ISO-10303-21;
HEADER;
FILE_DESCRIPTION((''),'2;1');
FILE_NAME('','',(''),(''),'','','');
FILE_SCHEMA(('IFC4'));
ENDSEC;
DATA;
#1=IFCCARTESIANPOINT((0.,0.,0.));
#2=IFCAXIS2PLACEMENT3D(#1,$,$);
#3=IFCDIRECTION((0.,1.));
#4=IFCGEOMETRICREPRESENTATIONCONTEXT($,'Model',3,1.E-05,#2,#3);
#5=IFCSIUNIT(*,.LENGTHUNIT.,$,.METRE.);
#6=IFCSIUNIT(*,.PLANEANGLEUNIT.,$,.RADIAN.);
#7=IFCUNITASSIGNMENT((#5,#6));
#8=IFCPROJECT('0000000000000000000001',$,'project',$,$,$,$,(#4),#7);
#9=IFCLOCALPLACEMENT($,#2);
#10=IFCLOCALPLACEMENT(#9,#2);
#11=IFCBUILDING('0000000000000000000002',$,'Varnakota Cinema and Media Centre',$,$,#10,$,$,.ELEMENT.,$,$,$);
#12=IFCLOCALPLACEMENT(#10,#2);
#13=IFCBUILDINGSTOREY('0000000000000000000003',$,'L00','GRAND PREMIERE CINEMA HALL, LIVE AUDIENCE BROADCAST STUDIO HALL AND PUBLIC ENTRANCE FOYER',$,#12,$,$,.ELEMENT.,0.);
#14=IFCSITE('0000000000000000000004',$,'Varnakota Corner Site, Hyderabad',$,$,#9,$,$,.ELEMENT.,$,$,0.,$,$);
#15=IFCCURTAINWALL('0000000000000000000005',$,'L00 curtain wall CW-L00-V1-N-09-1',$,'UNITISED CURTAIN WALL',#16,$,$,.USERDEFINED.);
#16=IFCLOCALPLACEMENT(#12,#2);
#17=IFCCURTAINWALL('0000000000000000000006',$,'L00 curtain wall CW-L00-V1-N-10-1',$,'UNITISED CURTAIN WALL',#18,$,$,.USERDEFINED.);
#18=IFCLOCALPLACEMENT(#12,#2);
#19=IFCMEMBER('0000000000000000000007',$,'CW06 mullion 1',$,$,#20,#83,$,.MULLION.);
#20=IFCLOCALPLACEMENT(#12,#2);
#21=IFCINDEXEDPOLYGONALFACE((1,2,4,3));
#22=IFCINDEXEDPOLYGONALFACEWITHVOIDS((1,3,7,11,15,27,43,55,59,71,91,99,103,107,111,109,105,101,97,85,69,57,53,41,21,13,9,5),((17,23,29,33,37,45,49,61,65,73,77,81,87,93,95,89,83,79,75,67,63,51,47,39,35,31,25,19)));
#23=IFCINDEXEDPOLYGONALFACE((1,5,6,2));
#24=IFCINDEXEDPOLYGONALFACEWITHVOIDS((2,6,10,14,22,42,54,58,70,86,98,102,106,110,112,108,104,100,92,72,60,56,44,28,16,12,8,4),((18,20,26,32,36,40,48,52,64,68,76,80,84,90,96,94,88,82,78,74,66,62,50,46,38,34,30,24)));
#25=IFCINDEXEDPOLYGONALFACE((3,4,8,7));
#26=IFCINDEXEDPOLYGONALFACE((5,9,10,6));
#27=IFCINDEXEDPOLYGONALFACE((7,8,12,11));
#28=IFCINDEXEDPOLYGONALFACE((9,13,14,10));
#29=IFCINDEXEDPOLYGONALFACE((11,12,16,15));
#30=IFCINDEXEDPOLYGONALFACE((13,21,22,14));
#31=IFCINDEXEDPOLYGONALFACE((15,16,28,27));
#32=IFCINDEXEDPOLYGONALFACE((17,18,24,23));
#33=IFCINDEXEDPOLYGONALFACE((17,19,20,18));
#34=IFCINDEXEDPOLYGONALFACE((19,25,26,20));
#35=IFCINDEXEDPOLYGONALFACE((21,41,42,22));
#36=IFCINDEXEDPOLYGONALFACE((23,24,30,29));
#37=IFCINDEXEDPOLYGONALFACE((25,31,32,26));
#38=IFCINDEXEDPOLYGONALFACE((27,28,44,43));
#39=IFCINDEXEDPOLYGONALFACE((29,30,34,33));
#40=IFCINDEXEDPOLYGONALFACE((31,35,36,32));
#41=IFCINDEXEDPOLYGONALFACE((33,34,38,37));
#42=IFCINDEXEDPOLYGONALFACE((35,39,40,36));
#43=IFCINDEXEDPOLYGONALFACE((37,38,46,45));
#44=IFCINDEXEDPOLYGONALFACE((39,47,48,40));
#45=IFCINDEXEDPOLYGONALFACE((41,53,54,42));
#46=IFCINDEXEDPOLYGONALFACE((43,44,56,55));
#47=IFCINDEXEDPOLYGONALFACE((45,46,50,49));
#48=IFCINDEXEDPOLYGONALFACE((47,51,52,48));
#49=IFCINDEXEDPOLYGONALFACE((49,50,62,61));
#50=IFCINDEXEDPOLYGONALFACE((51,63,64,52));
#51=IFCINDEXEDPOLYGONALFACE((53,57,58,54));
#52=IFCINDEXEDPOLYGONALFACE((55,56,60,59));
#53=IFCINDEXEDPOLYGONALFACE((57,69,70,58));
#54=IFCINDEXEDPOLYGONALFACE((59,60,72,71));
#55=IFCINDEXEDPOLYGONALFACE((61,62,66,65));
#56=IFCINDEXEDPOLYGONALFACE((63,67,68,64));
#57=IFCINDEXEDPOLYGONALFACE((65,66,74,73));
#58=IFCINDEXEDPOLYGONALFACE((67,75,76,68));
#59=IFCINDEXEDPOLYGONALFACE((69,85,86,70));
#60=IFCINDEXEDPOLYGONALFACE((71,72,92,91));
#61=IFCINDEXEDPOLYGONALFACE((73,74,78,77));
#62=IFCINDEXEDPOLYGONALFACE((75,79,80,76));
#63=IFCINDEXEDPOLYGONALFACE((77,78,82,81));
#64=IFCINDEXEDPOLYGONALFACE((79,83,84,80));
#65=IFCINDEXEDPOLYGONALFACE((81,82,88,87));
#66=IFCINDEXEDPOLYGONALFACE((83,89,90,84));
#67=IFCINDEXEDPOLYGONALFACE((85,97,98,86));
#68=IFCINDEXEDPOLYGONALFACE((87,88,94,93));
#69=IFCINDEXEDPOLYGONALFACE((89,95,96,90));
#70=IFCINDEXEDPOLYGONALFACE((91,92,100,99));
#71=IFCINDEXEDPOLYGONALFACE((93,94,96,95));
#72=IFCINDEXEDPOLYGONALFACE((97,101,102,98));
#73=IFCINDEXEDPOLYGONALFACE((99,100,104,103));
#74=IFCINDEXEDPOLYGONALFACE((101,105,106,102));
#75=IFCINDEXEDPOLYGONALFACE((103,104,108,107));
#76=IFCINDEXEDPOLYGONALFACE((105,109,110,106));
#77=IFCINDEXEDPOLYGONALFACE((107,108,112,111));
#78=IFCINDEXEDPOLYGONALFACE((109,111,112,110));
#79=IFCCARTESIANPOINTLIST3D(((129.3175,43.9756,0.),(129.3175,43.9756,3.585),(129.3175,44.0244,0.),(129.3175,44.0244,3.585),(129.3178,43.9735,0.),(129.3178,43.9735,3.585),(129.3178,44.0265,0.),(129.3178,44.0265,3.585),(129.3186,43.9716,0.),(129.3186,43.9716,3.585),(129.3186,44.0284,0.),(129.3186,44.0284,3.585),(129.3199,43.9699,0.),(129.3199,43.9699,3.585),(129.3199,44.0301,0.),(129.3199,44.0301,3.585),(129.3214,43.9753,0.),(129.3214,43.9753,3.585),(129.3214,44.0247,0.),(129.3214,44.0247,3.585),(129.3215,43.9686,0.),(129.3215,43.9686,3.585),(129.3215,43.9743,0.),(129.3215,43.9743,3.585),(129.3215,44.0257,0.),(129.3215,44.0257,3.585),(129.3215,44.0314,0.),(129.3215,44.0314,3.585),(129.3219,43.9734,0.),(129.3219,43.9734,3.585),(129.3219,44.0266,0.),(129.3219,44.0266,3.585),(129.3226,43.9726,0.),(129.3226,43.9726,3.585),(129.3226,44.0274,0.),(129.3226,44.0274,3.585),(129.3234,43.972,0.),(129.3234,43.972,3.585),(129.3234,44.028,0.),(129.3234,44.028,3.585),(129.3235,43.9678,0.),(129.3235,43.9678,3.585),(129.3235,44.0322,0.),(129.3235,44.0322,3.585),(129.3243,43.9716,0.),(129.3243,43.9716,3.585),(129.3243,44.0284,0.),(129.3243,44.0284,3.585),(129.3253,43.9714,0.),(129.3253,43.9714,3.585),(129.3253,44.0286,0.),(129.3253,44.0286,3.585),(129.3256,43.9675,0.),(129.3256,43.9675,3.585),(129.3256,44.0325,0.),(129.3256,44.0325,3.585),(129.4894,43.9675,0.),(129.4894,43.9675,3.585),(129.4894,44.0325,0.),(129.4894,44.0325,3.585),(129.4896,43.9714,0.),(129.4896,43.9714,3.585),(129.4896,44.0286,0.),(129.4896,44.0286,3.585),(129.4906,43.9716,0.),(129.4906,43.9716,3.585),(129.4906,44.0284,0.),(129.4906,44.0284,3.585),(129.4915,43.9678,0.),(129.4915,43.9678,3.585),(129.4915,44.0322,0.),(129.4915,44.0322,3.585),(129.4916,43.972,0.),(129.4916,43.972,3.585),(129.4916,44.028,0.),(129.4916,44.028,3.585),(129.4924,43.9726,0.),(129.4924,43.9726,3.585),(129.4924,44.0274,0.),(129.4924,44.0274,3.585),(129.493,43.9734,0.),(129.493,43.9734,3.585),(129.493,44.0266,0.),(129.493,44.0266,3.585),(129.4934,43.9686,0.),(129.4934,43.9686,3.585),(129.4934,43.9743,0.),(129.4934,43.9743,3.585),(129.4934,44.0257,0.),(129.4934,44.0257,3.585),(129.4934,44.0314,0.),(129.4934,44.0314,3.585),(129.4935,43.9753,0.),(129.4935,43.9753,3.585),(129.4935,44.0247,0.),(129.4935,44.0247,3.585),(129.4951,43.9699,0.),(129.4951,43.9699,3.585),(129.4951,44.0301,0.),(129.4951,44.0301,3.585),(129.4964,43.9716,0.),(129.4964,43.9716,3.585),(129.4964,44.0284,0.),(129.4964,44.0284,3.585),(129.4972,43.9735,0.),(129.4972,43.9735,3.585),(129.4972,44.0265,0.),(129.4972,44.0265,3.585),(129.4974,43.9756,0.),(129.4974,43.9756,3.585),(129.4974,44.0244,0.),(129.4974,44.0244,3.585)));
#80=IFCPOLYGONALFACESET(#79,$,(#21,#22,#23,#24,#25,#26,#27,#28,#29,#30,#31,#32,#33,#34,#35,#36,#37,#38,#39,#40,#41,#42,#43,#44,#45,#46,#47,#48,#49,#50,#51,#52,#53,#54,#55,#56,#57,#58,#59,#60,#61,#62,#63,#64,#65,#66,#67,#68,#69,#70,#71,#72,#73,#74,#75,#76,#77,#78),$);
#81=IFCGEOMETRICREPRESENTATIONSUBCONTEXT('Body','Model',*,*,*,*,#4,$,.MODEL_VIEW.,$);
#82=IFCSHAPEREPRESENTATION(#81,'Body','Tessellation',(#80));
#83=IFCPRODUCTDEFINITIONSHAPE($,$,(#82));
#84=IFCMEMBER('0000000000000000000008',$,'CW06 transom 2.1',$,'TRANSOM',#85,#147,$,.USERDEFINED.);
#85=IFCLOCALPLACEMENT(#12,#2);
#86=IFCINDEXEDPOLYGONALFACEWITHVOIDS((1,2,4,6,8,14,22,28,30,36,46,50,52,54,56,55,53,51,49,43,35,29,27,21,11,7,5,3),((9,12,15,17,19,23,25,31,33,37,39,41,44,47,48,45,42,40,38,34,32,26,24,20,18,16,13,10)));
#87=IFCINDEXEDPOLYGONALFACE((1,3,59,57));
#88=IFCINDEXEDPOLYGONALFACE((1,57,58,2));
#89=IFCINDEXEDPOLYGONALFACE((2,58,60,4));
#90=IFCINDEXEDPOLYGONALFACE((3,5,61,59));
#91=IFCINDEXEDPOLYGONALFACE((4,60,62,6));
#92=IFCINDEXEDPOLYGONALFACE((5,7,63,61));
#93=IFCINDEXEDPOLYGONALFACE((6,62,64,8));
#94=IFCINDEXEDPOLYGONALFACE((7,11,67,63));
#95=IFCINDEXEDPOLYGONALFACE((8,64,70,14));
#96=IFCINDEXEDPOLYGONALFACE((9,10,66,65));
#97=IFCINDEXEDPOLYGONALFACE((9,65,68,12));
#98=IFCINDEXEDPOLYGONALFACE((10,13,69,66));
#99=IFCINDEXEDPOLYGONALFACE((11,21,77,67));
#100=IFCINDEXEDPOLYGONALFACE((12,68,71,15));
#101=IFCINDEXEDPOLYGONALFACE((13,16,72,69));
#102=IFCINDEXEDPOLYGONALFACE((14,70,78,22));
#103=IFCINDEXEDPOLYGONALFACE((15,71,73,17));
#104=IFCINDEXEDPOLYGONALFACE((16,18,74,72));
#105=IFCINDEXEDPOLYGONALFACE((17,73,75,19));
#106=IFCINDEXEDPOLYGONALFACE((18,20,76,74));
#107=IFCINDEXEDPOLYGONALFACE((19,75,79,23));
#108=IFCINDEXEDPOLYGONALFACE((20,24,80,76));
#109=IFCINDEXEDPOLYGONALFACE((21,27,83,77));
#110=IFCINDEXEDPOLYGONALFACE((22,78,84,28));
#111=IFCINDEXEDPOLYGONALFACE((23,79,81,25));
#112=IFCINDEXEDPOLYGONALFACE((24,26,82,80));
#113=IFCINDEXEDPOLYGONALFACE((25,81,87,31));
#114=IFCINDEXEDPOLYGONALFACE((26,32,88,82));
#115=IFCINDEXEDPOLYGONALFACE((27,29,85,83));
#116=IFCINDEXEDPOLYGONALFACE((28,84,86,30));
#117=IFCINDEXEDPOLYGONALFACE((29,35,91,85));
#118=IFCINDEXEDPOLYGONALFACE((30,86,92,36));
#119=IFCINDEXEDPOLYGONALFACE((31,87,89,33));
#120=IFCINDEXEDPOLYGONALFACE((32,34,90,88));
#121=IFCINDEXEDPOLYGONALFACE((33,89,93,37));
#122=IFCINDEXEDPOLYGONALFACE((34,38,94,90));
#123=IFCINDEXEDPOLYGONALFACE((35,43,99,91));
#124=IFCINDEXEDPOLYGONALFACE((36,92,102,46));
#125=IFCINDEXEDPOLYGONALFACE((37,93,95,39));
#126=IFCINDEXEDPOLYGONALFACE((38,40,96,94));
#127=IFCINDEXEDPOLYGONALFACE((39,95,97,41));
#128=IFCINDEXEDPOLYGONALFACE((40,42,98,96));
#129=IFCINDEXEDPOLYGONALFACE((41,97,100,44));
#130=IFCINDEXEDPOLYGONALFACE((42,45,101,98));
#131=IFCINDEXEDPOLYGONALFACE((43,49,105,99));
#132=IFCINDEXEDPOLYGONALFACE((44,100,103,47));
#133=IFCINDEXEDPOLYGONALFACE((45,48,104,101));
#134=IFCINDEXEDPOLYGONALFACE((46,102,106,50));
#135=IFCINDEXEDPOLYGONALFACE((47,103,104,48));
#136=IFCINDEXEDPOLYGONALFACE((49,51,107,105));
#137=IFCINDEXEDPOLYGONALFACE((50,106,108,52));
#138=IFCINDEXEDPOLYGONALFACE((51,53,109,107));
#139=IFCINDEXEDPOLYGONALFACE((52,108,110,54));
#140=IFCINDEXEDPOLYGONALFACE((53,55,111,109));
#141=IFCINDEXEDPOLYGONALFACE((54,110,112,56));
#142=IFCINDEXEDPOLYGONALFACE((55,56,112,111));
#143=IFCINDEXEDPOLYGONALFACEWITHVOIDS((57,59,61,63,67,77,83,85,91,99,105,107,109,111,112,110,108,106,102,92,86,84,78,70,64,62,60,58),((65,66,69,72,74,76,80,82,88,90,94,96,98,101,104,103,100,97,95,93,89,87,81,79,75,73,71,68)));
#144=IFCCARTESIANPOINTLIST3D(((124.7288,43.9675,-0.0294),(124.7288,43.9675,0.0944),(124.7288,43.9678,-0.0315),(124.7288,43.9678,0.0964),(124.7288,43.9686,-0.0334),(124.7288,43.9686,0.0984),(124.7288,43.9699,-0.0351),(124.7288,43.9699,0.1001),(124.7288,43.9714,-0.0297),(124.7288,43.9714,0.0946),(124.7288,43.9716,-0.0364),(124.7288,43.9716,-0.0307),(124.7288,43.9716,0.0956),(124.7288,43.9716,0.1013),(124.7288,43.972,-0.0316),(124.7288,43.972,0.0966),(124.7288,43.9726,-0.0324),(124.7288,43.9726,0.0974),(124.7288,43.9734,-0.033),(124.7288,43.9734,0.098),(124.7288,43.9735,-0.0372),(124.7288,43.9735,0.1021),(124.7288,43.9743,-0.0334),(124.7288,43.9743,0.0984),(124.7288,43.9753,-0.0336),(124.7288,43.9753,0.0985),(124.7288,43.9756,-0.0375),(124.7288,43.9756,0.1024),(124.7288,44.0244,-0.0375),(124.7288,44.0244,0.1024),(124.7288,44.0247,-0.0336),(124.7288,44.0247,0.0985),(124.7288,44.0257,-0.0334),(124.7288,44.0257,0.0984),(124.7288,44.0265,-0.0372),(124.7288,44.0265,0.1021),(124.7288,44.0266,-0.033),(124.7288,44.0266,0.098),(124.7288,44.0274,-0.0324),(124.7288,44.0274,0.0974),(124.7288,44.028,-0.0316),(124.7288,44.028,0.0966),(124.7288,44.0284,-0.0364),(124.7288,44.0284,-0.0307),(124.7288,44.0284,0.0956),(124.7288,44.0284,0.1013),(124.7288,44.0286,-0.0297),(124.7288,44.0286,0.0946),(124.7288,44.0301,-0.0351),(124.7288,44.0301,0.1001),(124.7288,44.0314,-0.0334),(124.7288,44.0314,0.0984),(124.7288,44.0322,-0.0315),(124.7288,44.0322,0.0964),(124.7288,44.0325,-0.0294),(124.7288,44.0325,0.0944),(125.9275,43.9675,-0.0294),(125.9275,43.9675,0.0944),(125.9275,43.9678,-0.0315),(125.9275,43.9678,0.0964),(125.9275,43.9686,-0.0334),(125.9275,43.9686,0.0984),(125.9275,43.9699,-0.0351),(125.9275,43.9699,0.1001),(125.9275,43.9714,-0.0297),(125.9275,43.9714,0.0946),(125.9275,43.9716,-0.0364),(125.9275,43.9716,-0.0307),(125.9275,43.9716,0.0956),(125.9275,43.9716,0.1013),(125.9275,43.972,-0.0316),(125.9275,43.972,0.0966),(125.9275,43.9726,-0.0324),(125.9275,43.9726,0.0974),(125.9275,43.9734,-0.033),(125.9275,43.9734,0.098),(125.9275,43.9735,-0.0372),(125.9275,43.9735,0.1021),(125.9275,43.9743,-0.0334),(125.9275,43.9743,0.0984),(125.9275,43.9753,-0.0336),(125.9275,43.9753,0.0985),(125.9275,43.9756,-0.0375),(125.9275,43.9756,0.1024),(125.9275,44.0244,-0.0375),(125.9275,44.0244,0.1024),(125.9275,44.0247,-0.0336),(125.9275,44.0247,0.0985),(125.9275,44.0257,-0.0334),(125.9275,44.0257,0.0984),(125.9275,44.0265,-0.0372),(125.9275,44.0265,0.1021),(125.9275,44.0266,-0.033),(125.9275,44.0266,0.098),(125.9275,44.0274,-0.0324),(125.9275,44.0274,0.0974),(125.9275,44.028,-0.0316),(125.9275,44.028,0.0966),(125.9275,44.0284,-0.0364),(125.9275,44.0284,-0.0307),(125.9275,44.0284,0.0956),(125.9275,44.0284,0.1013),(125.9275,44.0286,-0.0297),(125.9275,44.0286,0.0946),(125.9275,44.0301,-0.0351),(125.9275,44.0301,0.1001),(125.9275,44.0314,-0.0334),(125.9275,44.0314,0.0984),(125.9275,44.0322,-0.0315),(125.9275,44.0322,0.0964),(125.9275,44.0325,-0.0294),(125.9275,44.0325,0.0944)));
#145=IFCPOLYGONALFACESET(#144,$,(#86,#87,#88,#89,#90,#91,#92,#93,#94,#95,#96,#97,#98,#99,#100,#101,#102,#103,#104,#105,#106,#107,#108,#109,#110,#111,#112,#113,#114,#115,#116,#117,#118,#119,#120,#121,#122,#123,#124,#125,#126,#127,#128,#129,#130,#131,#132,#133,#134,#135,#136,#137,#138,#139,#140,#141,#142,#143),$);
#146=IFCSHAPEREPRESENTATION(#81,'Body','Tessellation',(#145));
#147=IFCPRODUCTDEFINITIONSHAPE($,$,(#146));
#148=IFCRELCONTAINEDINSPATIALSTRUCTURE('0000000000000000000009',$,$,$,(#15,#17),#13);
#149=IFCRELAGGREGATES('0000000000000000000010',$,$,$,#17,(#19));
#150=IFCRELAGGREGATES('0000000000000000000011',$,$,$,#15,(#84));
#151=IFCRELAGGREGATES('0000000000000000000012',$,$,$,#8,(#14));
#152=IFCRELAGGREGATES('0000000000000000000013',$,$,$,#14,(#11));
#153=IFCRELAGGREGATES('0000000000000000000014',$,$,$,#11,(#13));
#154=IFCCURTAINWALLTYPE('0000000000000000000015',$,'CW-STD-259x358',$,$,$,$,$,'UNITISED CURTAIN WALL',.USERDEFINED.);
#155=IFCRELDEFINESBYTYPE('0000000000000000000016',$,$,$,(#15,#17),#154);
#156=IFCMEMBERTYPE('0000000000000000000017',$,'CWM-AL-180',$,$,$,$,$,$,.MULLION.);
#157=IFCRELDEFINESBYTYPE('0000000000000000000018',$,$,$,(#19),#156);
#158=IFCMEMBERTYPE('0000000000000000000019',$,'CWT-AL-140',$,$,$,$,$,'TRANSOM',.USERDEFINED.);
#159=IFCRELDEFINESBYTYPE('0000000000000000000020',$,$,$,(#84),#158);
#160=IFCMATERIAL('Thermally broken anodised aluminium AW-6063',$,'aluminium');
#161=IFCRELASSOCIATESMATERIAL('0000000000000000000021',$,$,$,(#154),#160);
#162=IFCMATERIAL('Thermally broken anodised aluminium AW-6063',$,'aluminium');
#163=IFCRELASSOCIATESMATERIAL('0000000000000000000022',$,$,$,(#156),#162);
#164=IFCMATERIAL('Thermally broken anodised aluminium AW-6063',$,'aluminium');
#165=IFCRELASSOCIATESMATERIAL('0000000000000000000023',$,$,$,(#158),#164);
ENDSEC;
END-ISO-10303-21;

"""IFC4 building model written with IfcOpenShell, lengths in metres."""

from ifc_helpers import new_model, si_unit, direction, frame, origin, origin_2d, place, context, subcontext, project, spatial, hollow_rectangle, extrude, material, material_profile, profile_set, type_object, element, aggregate, save


model = new_model("IFC4")

# Units and contexts
model_context = context("Model", 3, precision=1e-05, world=origin(), true_north=direction((0.0, 1.0)))
body_context = subcontext(model_context, "Body", "Model", "MODEL_VIEW")
ifc_project = project(units=[si_unit("LENGTHUNIT", "METRE"), si_unit("PLANEANGLEUNIT", "RADIAN")], contexts=[model_context])

# Site, building, storey
site_placement = place(None, origin())
site = spatial("IfcSite", under=ifc_project, at=site_placement, Name="Varnakota Corner Site, Hyderabad", CompositionType="ELEMENT", RefElevation=0.0)
building_placement = place(site_placement, origin())
building = spatial("IfcBuilding", under=site, at=building_placement, Name="Varnakota Cinema and Media Centre", CompositionType="ELEMENT")
storey_placement = place(building_placement, origin())
storey = spatial("IfcBuildingStorey", under=building, at=storey_placement, Name="L00", Description="GRAND PREMIERE CINEMA HALL, LIVE AUDIENCE BROADCAST STUDIO HALL AND PUBLIC ENTRANCE FOYER", CompositionType="ELEMENT", Elevation=0.0)

# Curtain wall
ifc_material_1 = material(Name="Thermally broken anodised aluminium AW-6063", Category="aluminium")
curtain_wall_type = type_object("IfcCurtainWallType", Name="CW-STD-259x358", ElementType="UNITISED CURTAIN WALL", PredefinedType="USERDEFINED", material=ifc_material_1)
curtain_wall_1_placement = place(storey_placement, origin())
curtain_wall_1 = element("IfcCurtainWall", 1, at=curtain_wall_1_placement, inside=storey, type_object=curtain_wall_type, Name="L00 curtain wall CW-L00-V1-N-09-1", ObjectType="UNITISED CURTAIN WALL", PredefinedType="USERDEFINED")
ifc_material_2 = material(Name="Thermally broken anodised aluminium AW-6063", Category="aluminium")
ifc_material_profile_1 = material_profile(ifc_material_2, hollow_rectangle(XDim=0.0649, YDim=0.1799, WallThickness=0.0039, InnerFilletRadius=0.0039, OuterFilletRadius=0.0081, at=origin_2d()), Name="AL-MULLION 180x65x4")
ifc_profile_set_1 = profile_set([ifc_material_profile_1], Name="Thermally broken anodised aluminium AW-6063")
member_type_1 = type_object("IfcMemberType", Name="CWM-AL-180", PredefinedType="MULLION", material=ifc_profile_set_1)

# Curtain wall, member
curtain_wall_2_placement = place(storey_placement, origin())
curtain_wall_2 = element("IfcCurtainWall", 2, at=curtain_wall_2_placement, inside=storey, type_object=curtain_wall_type, Name="L00 curtain wall CW-L00-V1-N-10-1", ObjectType="UNITISED CURTAIN WALL", PredefinedType="USERDEFINED")
member_1_placement = place(storey_placement, frame((129.4075, 44.0, 0.0), z_axis=(0.0, 0.0, 1.0), x_axis=(0.0, 1.0, 0.0)))
member_1 = element("IfcMember", 3, at=member_1_placement, type_object=member_type_1, Name="CW06 mullion 1", PredefinedType="MULLION", context=body_context, shape_type="SweptSolid", body=[
    extrude(hollow_rectangle(XDim=0.0649, YDim=0.1799, WallThickness=0.0039, InnerFilletRadius=0.0039, OuterFilletRadius=0.0081, at=origin_2d()), origin(), (0.0, 0.0, 1.0), 3.585),
])

# Member
ifc_material_3 = material(Name="Thermally broken anodised aluminium AW-6063", Category="aluminium")
ifc_material_profile_2 = material_profile(ifc_material_3, hollow_rectangle(XDim=0.0649, YDim=0.1399, WallThickness=0.0039, InnerFilletRadius=0.0039, OuterFilletRadius=0.0081, at=origin_2d()), Name="AL-TRANSOM 140x65x4")
ifc_profile_set_2 = profile_set([ifc_material_profile_2], Name="Thermally broken anodised aluminium AW-6063")
member_type_2 = type_object("IfcMemberType", Name="CWT-AL-140", ElementType="TRANSOM", PredefinedType="USERDEFINED", material=ifc_profile_set_2)
member_2_placement = place(storey_placement, frame((124.7288, 44.0, 0.0325), z_axis=(1.0, 0.0, 0.0), x_axis=(0.0, 1.0, 0.0)))
member_2 = element("IfcMember", 4, at=member_2_placement, type_object=member_type_2, Name="CW06 transom 2.1", ObjectType="TRANSOM", PredefinedType="USERDEFINED", context=body_context, shape_type="SweptSolid", body=[
    extrude(hollow_rectangle(XDim=0.0649, YDim=0.1399, WallThickness=0.0039, InnerFilletRadius=0.0039, OuterFilletRadius=0.0081, at=origin_2d()), origin(), (0.0, 0.0, 1.0), 1.1987),
])
aggregate(curtain_wall_2, [member_1])

aggregate(curtain_wall_1, [member_2])

save(model, "model.ifc")
